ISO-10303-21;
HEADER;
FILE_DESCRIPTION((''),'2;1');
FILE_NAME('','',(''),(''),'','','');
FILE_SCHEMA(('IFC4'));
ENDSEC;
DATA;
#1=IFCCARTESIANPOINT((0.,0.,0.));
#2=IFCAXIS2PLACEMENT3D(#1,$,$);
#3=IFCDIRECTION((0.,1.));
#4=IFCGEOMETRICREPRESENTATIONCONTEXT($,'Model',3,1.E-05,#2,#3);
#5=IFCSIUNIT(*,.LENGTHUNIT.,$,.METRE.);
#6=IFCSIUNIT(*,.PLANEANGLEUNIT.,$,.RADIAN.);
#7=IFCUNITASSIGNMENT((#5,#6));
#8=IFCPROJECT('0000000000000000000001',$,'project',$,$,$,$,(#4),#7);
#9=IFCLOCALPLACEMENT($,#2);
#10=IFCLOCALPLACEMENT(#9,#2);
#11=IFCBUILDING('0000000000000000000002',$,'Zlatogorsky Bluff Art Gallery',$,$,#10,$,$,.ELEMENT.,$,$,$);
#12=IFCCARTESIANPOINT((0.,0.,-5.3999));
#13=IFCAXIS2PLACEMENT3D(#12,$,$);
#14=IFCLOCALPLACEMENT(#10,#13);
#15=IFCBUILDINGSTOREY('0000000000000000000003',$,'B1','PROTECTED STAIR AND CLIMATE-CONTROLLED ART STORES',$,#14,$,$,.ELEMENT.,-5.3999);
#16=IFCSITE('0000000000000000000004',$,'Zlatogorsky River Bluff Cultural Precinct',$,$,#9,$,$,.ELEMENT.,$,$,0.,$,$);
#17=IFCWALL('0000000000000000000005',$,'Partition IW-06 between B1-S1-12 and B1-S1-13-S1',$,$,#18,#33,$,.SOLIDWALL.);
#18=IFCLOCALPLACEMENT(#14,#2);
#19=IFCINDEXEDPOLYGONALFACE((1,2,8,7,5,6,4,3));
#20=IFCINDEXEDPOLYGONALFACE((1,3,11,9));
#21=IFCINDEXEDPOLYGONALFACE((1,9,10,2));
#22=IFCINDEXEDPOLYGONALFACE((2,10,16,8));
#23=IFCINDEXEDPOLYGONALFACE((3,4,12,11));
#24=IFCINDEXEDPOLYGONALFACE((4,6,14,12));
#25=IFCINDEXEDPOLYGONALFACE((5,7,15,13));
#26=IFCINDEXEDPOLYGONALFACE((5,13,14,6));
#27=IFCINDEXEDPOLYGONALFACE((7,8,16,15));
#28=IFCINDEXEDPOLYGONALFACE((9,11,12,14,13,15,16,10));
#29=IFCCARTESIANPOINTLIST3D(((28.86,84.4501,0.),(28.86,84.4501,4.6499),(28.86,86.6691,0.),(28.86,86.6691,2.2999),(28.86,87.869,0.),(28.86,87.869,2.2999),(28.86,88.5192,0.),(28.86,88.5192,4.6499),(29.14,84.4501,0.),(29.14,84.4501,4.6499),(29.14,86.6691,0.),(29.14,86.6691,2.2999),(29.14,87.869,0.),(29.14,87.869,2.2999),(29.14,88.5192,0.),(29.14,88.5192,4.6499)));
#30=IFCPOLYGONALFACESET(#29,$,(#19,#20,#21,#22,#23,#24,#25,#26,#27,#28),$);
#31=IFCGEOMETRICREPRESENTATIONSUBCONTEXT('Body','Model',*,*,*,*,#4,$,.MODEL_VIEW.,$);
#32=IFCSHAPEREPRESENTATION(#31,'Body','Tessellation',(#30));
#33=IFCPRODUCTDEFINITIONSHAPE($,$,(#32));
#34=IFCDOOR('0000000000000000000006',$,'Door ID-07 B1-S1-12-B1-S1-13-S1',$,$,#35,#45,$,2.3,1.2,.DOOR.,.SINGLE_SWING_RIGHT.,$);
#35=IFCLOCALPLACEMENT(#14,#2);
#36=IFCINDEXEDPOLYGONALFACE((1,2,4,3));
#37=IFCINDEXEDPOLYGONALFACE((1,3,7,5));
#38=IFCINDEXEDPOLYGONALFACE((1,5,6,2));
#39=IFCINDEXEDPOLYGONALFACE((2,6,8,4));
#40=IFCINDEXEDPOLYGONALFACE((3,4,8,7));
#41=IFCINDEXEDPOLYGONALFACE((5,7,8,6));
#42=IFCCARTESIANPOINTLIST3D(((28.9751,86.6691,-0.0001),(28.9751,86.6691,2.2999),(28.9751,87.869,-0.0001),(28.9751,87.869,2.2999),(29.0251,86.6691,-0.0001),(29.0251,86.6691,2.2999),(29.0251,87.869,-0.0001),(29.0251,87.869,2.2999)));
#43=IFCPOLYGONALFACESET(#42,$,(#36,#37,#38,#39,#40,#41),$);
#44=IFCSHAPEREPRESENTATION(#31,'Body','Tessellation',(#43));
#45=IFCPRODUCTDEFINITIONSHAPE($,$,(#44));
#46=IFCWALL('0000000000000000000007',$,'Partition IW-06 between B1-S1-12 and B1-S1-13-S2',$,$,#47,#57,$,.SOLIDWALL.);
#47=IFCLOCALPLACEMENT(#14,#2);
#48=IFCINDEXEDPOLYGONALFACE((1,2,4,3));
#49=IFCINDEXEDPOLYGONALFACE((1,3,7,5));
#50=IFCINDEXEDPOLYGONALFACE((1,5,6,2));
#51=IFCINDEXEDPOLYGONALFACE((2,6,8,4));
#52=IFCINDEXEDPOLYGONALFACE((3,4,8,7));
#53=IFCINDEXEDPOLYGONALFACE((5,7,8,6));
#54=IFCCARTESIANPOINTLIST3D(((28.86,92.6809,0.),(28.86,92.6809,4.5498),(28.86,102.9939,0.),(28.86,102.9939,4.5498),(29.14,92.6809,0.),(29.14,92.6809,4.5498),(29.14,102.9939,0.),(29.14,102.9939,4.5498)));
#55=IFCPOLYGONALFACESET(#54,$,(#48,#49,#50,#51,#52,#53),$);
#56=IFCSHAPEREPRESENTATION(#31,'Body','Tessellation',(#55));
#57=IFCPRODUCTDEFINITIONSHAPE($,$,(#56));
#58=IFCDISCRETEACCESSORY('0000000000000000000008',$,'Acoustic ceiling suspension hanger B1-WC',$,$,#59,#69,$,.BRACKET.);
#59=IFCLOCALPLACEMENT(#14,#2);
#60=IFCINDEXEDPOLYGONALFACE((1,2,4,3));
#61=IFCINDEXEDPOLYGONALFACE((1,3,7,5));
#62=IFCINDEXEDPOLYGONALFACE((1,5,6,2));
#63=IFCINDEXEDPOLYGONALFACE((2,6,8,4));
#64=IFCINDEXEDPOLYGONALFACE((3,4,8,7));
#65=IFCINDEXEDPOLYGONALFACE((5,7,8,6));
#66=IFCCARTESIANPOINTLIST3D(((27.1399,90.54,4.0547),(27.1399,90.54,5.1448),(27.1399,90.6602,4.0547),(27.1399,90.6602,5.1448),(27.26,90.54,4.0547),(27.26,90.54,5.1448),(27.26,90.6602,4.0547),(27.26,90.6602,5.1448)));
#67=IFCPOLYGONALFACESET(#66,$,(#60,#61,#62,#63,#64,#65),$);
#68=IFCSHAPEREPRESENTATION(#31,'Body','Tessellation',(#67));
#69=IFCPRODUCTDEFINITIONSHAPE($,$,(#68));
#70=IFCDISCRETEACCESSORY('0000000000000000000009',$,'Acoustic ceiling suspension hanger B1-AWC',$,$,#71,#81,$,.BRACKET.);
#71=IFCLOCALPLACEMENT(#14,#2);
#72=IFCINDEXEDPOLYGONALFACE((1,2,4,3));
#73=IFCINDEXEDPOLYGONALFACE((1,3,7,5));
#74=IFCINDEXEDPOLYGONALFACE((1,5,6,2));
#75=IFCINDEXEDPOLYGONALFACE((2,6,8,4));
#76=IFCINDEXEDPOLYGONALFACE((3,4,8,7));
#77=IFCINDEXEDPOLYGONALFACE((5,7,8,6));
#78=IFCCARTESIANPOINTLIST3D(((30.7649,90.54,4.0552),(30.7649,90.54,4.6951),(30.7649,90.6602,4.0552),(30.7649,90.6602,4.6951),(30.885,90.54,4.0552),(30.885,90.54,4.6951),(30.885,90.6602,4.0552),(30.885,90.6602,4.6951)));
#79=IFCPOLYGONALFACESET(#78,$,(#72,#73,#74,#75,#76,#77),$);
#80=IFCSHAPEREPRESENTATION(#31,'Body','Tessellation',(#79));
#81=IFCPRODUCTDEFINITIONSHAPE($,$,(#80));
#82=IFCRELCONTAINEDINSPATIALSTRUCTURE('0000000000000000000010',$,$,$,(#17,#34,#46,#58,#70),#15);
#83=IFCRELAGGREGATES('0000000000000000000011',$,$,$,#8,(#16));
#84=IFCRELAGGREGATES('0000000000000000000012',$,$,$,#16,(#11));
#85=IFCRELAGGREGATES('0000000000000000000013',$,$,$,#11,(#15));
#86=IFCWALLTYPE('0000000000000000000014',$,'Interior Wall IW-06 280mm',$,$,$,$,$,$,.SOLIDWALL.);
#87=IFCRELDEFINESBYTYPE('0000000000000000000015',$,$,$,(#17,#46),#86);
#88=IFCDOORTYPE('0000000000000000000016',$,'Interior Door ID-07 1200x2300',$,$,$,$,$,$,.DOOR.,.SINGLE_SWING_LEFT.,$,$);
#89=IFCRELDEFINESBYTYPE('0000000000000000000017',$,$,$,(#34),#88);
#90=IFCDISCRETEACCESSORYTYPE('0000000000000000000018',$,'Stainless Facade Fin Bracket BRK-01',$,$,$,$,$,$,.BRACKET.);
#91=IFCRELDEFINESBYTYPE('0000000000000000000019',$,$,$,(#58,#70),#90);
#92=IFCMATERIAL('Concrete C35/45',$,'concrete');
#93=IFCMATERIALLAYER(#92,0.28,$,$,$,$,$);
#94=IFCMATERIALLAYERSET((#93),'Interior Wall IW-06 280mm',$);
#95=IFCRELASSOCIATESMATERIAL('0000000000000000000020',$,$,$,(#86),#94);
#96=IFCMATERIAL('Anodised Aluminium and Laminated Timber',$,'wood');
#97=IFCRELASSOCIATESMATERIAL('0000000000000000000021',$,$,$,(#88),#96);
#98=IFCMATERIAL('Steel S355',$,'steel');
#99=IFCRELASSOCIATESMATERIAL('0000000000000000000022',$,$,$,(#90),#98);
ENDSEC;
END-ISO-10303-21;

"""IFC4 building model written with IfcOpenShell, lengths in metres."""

from ifc_helpers import new_model, si_unit, direction, frame, frame_2d, origin, origin_2d, place, context, subcontext, project, spatial, rectangle, extrude, material, layer, layer_set, type_object, element, fill, save


model = new_model("IFC4")

# Units and contexts
model_context = context("Model", 3, precision=1e-05, world=origin(), true_north=direction((0.0, 1.0)))
body_context = subcontext(model_context, "Body", "Model", "MODEL_VIEW")
ifc_project = project(units=[si_unit("LENGTHUNIT", "METRE"), si_unit("PLANEANGLEUNIT", "RADIAN")], contexts=[model_context])

# Site, building, storey
site_placement = place(None, origin())
site = spatial("IfcSite", under=ifc_project, at=site_placement, Name="Zlatogorsky River Bluff Cultural Precinct", CompositionType="ELEMENT", RefElevation=0.0)
building_placement = place(site_placement, origin())
building = spatial("IfcBuilding", under=site, at=building_placement, Name="Zlatogorsky Bluff Art Gallery", CompositionType="ELEMENT")
storey_placement = place(building_placement, frame((0.0, 0.0, -5.3999)))
storey = spatial("IfcBuildingStorey", under=building, at=storey_placement, Name="B1", Description="PROTECTED STAIR AND CLIMATE-CONTROLLED ART STORES", CompositionType="ELEMENT", Elevation=-5.3999)

# Shared definitions
ifc_material_1 = material(Name="Concrete C35/45", Category="concrete")

# Shared definitions
ifc_material_2 = material(Name="Steel S355", Category="steel")

# Shared definitions
ifc_material_3 = material(Name="Anodised Aluminium and Laminated Timber", Category="wood")

# Wall, opening, door
ifc_layer_1 = layer(ifc_material_1, 0.28)
ifc_layer_set_1 = layer_set([ifc_layer_1], Name="Interior Wall IW-06 280mm")
wall_type_1 = type_object("IfcWallType", Name="Interior Wall IW-06 280mm", PredefinedType="SOLIDWALL", material=ifc_layer_set_1)
wall_1_placement = place(storey_placement, frame((29.0, 84.45, 0.0), z_axis=(0.0, 0.0, 1.0), x_axis=(0.0, 1.0, 0.0)))
wall_1 = element("IfcWall", 1, at=wall_1_placement, inside=storey, type_object=wall_type_1, Name="Partition IW-06 between B1-S1-12 and B1-S1-13-S1", PredefinedType="SOLIDWALL", context=body_context, shape_type="SweptSolid", body=[
    extrude(rectangle(XDim=4.0691, YDim=0.28, at=frame_2d((2.0347, 0.0))), origin(), (0.0, 0.0, 1.0), 4.6499),
])
opening_1_placement = place(wall_1_placement, frame((2.219, 0.0, 0.0)))
opening_1 = element("IfcOpeningElement", 2, at=opening_1_placement, cuts=wall_1, PredefinedType="OPENING", context=body_context, shape_type="SweptSolid", body=[
    extrude(rectangle(XDim=1.2, YDim=2.3, at=frame_2d((0.6001, 1.1499))), frame((0.0, 0.1499, 0.0), z_axis=(0.0, -1.0, 0.0), x_axis=(1.0, 0.0, 0.0)), (0.0, 0.0, 1.0), 0.3),
])
door_type_1 = type_object("IfcDoorType", Name="Interior Door ID-07 1200x2300", OperationType="SINGLE_SWING_LEFT", PredefinedType="DOOR", material=ifc_material_3)
door_1_placement = place(opening_1_placement, origin())
door_1 = element("IfcDoor", 3, at=door_1_placement, inside=storey, type_object=door_type_1, Name="Door ID-07 B1-S1-12-B1-S1-13-S1", OperationType="SINGLE_SWING_RIGHT", OverallHeight=2.3, OverallWidth=1.2, PredefinedType="DOOR", context=body_context, shape_type="SweptSolid", body=[
    extrude(rectangle(XDim=1.2, YDim=2.3, at=frame_2d((0.6001, 1.1499))), frame((0.0, 0.0249, 0.0), z_axis=(0.0, -1.0, 0.0), x_axis=(1.0, 0.0, 0.0)), (0.0, 0.0, 1.0), 0.05),
])
fill(opening_1, door_1)

# Wall
wall_2_placement = place(storey_placement, frame((29.0, 92.6809, 0.0), z_axis=(0.0, 0.0, 1.0), x_axis=(0.0, 1.0, 0.0)))
element("IfcWall", 4, at=wall_2_placement, inside=storey, type_object=wall_type_1, Name="Partition IW-06 between B1-S1-12 and B1-S1-13-S2", PredefinedType="SOLIDWALL", context=body_context, shape_type="SweptSolid", body=[
    extrude(rectangle(XDim=10.313, YDim=0.28, at=frame_2d((5.1565, 0.0))), origin(), (0.0, 0.0, 1.0), 4.5498),
])

# Discrete accessories
discrete_accessory_type = type_object("IfcDiscreteAccessoryType", Name="Stainless Facade Fin Bracket BRK-01", PredefinedType="BRACKET", material=ifc_material_2)
discrete_accessory_1_placement = place(storey_placement, frame((27.2, 90.6001, 4.0547), z_axis=(0.0, 0.0, 1.0), x_axis=(1.0, 0.0, 0.0)))
element("IfcDiscreteAccessory", 5, at=discrete_accessory_1_placement, inside=storey, type_object=discrete_accessory_type, Name="Acoustic ceiling suspension hanger B1-WC", PredefinedType="BRACKET", context=body_context, shape_type="SweptSolid", body=[
    extrude(rectangle(XDim=0.1201, YDim=0.1201, at=origin_2d()), origin(), (0.0, 0.0, 1.0), 1.0901),
])
discrete_accessory_2_placement = place(storey_placement, frame((30.825, 90.6001, 4.0552), z_axis=(0.0, 0.0, 1.0), x_axis=(1.0, 0.0, 0.0)))
element("IfcDiscreteAccessory", 6, at=discrete_accessory_2_placement, inside=storey, type_object=discrete_accessory_type, Name="Acoustic ceiling suspension hanger B1-AWC", PredefinedType="BRACKET", context=body_context, shape_type="SweptSolid", body=[
    extrude(rectangle(XDim=0.1201, YDim=0.1201, at=origin_2d()), origin(), (0.0, 0.0, 1.0), 0.6399),
])

save(model, "model.ifc")
